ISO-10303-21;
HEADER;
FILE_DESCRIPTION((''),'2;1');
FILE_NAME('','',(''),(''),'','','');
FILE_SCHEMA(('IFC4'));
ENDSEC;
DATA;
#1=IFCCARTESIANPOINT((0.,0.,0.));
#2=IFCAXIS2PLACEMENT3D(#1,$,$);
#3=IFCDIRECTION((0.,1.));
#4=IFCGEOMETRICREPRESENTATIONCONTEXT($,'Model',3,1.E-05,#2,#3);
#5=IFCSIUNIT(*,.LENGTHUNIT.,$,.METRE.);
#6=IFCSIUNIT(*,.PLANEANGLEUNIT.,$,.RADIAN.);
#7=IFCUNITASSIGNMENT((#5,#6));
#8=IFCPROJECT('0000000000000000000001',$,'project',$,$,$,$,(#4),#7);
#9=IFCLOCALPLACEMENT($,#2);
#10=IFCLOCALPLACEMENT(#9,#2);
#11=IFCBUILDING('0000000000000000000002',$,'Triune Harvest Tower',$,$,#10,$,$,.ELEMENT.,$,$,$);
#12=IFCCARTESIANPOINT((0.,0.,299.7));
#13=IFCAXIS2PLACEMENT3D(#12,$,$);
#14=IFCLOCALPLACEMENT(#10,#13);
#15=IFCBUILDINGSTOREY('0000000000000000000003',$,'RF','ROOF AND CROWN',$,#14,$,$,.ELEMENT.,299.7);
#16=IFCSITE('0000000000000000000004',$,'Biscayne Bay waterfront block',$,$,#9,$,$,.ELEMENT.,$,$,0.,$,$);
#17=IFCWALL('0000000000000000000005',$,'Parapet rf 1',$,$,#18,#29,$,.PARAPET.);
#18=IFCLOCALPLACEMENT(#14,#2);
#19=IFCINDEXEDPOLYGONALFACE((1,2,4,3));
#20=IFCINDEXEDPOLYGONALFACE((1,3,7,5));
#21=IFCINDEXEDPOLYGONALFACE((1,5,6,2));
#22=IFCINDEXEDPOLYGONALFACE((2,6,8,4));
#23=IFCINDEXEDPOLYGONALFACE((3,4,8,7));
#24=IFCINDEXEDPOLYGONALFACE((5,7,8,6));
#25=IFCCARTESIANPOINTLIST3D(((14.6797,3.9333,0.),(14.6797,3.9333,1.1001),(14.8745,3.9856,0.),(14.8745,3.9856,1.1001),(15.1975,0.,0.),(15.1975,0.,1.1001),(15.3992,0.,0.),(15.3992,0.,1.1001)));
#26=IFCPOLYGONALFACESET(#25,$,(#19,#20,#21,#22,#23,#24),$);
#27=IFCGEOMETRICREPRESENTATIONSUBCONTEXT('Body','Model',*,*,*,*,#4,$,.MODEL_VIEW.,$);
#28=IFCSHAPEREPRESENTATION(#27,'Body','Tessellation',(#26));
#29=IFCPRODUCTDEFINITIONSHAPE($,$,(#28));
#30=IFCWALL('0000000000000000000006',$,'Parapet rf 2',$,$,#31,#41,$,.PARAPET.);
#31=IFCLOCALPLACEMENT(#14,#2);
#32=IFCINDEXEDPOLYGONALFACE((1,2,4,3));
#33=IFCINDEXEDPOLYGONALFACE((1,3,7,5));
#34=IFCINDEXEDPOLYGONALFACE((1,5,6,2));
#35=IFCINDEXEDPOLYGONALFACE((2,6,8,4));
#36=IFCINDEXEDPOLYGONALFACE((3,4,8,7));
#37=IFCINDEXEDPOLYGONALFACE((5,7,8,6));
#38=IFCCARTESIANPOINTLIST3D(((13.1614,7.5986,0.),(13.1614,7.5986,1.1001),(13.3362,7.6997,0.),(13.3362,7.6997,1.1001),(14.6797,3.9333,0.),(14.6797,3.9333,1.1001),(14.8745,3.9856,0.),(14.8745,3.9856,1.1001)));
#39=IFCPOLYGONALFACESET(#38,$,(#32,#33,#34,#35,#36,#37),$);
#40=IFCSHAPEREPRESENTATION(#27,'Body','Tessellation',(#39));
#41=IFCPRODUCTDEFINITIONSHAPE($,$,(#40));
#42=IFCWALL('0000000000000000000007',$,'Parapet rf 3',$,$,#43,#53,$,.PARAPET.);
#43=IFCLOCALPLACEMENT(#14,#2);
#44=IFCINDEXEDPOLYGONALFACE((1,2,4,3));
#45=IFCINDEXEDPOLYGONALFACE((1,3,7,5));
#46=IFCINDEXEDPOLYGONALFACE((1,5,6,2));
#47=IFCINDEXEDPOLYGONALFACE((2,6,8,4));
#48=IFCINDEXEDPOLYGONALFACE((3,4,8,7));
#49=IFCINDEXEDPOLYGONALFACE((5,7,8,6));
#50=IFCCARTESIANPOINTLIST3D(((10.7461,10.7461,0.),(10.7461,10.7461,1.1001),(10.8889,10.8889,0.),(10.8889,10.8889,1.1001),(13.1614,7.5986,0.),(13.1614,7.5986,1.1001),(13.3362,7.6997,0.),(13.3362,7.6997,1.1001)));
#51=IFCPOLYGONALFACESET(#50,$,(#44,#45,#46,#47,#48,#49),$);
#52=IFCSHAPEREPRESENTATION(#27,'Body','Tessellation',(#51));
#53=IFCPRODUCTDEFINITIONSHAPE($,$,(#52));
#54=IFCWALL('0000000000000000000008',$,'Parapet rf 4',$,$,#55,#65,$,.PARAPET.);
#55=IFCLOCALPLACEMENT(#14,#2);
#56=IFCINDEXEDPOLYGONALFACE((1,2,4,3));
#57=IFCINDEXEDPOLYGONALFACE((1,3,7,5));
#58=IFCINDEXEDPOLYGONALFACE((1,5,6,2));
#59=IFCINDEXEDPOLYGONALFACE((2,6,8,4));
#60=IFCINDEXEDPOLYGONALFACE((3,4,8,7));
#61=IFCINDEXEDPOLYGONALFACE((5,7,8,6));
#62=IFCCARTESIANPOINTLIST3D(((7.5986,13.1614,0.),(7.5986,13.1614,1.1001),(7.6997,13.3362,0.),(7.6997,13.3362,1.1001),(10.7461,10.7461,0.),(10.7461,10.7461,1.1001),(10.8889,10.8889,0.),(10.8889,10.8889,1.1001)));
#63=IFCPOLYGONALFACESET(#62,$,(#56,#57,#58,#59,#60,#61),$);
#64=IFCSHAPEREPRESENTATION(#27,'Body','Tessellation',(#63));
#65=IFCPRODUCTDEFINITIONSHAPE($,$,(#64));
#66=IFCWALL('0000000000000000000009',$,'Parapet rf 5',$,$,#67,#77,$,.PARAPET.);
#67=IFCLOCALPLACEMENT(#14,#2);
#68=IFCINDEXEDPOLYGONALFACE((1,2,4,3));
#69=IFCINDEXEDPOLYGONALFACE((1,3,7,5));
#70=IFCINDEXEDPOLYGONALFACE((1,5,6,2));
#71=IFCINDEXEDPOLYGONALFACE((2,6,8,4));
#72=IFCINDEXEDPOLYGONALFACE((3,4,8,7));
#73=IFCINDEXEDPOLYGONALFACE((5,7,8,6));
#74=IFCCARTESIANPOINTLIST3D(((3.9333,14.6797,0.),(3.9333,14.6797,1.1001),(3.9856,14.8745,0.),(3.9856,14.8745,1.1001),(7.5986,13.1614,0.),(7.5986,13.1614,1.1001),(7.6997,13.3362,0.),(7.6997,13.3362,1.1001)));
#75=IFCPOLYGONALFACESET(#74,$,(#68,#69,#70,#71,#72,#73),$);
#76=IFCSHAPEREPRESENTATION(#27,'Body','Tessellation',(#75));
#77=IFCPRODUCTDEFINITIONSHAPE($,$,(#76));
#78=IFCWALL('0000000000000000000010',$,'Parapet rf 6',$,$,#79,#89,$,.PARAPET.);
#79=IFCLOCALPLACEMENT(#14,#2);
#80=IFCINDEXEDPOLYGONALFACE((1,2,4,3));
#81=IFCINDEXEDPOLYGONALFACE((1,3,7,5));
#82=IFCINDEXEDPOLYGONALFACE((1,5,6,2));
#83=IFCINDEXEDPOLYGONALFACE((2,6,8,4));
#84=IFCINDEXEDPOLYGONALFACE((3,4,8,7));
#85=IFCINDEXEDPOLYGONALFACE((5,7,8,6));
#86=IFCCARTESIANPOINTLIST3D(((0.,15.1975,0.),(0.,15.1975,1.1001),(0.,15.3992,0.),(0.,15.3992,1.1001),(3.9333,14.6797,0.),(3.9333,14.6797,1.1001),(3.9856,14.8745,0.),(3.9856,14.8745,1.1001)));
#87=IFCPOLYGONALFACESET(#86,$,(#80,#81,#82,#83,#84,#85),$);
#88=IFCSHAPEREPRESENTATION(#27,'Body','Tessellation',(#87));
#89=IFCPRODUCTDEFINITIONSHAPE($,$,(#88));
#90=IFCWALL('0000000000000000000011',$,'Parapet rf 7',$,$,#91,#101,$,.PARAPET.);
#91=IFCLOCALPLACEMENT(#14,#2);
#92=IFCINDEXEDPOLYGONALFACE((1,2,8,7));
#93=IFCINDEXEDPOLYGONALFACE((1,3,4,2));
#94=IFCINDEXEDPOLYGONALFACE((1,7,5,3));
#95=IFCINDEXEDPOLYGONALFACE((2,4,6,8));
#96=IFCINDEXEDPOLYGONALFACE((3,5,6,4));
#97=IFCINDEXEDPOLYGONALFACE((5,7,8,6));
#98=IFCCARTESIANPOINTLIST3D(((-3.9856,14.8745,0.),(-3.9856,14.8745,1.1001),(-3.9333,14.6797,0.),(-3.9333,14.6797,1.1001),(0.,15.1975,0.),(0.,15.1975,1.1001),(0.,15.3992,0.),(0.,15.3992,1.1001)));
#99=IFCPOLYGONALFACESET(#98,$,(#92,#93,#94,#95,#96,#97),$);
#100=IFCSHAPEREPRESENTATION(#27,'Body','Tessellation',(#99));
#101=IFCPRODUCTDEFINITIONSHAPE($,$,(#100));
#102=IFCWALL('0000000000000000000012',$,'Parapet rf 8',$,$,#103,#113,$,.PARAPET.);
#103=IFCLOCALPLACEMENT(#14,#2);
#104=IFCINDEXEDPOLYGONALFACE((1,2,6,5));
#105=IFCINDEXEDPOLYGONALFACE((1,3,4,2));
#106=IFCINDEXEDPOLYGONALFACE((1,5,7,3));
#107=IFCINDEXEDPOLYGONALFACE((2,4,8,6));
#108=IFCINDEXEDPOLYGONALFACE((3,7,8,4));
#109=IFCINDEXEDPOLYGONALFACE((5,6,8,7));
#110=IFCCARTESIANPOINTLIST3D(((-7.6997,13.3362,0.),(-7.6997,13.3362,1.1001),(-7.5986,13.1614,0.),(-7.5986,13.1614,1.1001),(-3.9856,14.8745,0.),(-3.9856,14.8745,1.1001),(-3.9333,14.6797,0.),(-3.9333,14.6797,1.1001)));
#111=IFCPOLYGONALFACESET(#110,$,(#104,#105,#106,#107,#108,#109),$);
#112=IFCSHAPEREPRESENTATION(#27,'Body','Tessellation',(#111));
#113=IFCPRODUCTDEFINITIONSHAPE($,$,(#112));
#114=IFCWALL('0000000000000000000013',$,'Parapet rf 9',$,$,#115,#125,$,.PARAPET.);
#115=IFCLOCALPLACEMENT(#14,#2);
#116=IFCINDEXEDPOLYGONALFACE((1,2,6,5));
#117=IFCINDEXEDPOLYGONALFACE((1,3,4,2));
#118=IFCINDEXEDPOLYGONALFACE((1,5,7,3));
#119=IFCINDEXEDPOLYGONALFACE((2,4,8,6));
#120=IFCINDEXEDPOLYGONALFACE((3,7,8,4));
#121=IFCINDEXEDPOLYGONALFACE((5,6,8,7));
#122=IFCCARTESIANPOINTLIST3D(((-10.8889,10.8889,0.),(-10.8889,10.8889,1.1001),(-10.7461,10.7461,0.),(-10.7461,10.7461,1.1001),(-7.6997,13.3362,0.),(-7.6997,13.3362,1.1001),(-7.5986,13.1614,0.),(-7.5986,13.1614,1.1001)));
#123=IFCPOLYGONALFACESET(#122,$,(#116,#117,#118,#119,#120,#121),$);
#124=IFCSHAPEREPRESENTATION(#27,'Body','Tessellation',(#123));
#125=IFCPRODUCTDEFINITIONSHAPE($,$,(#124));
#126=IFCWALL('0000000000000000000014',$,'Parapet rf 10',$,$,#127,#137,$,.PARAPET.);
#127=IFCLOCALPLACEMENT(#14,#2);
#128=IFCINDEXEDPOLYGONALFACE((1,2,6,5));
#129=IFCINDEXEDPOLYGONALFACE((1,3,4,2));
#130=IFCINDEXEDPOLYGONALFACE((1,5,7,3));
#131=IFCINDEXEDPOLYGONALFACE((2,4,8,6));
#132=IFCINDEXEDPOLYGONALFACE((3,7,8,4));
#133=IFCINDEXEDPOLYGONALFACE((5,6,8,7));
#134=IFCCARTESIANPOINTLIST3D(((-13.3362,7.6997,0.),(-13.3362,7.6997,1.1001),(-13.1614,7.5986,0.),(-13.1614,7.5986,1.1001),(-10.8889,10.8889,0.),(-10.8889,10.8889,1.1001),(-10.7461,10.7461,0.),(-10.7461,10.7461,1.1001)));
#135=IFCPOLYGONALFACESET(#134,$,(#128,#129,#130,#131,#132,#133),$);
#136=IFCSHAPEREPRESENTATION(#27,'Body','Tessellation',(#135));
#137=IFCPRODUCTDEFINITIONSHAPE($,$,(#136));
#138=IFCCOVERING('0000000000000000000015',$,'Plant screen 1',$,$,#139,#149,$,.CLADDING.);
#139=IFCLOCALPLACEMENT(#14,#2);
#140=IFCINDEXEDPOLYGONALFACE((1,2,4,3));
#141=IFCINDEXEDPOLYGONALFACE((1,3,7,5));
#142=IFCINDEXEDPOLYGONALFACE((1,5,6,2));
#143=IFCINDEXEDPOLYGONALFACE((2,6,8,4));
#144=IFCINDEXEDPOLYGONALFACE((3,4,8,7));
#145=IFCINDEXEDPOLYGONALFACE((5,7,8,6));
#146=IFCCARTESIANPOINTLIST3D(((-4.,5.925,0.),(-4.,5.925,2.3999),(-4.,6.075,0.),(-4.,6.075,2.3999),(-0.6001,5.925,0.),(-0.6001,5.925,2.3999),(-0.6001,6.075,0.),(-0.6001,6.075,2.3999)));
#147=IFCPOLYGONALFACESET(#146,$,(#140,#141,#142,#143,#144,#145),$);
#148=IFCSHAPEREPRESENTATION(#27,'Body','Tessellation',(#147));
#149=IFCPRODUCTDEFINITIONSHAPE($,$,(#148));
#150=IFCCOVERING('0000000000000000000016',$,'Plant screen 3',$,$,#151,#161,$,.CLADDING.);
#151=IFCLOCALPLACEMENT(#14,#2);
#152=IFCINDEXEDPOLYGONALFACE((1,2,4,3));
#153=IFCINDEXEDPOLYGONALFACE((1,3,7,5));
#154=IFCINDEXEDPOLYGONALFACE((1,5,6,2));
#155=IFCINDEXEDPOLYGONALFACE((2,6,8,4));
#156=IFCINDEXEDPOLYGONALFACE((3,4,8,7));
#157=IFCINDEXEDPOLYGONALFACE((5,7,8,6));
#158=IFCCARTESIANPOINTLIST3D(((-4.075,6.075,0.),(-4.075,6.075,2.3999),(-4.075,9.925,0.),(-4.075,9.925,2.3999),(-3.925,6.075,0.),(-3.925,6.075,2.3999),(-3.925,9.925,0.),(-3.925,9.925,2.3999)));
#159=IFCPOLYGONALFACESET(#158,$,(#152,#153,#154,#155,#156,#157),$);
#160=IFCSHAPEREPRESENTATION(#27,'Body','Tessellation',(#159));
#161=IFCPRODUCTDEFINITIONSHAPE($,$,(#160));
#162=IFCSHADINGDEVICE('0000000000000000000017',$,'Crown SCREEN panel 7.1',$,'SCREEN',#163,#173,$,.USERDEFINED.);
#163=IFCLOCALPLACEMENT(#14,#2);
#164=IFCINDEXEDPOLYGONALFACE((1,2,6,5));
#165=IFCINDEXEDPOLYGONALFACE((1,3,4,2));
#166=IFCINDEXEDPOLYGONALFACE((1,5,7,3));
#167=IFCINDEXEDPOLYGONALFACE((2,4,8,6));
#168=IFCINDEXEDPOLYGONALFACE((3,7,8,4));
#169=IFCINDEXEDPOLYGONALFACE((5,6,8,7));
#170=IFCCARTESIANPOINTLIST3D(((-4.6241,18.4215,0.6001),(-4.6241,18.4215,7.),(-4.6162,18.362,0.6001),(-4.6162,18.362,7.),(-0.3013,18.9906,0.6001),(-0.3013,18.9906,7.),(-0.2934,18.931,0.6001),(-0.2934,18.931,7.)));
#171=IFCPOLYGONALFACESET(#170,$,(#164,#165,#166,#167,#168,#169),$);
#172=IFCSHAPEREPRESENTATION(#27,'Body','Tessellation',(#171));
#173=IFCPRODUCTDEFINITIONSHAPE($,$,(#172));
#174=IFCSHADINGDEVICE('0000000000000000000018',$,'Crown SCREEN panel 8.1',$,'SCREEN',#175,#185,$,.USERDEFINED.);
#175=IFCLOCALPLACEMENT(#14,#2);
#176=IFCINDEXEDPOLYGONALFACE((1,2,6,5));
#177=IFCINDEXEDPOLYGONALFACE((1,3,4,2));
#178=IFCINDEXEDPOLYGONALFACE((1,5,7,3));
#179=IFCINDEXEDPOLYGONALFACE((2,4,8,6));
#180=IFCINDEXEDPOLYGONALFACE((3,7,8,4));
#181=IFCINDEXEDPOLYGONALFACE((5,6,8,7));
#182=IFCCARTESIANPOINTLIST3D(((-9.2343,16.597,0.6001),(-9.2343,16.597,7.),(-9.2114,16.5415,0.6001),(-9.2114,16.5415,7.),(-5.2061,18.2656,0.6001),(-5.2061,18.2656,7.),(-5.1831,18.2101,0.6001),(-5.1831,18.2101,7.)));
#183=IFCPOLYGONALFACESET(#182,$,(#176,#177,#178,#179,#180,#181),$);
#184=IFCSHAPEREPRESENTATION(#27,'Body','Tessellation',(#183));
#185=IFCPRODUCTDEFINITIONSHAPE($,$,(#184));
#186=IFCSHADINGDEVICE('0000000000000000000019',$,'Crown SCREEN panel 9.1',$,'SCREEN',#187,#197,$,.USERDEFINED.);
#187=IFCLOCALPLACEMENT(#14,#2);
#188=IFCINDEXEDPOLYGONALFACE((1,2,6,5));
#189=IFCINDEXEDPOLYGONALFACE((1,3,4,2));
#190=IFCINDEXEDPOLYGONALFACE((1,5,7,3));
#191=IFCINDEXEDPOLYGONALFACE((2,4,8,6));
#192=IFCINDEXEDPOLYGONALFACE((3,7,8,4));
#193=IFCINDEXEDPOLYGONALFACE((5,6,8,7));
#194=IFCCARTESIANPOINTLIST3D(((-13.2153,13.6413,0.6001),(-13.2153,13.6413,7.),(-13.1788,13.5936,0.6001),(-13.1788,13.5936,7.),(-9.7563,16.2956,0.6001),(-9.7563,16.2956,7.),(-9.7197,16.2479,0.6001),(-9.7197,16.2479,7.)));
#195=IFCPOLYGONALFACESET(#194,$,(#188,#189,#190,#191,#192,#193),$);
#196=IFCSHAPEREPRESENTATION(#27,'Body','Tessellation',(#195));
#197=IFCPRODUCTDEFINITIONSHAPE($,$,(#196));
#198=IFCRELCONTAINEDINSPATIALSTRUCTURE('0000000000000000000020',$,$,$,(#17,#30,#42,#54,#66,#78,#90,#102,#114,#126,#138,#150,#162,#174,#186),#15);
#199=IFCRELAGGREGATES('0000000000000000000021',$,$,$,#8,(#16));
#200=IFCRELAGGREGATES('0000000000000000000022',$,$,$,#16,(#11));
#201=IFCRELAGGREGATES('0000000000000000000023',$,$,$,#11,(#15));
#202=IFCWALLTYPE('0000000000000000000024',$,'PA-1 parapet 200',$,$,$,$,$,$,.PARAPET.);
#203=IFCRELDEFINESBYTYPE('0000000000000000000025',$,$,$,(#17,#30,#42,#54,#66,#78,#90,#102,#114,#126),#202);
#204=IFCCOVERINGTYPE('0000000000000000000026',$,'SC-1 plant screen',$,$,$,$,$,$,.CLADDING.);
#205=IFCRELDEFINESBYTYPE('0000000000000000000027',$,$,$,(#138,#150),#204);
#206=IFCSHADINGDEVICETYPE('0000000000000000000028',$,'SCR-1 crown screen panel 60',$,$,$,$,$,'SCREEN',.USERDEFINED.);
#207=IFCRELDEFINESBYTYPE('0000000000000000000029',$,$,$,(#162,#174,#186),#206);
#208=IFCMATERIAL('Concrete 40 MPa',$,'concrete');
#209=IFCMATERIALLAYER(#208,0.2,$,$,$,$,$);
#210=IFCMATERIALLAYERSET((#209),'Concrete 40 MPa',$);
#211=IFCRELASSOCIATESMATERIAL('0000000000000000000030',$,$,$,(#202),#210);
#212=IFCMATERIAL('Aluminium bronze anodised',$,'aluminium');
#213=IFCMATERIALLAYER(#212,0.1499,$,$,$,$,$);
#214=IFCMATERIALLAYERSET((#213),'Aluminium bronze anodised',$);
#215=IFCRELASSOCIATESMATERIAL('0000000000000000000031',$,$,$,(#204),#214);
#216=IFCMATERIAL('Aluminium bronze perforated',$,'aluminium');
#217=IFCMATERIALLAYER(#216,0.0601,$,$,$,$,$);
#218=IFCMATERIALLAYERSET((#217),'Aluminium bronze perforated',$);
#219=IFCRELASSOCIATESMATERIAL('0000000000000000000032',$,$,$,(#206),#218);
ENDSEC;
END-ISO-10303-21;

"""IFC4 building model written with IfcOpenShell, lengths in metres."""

from ifc_helpers import new_model, si_unit, direction, frame, origin, origin_2d, place, context, subcontext, project, spatial, polyline, rectangle, outline, extrude, source, transform, mapped, material, layer, layer_set, type_object, element, save


model = new_model("IFC4")

# Units and contexts
model_context = context("Model", 3, precision=1e-05, world=origin(), true_north=direction((0.0, 1.0)))
body_context = subcontext(model_context, "Body", "Model", "MODEL_VIEW")
ifc_project = project(units=[si_unit("LENGTHUNIT", "METRE"), si_unit("PLANEANGLEUNIT", "RADIAN")], contexts=[model_context])

# Site, building, storey
site_placement = place(None, origin())
site = spatial("IfcSite", under=ifc_project, at=site_placement, Name="Biscayne Bay waterfront block", CompositionType="ELEMENT", RefElevation=0.0)
building_placement = place(site_placement, origin())
building = spatial("IfcBuilding", under=site, at=building_placement, Name="Triune Harvest Tower", CompositionType="ELEMENT")
storey_placement = place(building_placement, frame((0.0, 0.0, 299.7)))
storey = spatial("IfcBuildingStorey", under=building, at=storey_placement, Name="RF", Description="ROOF AND CROWN", CompositionType="ELEMENT", Elevation=299.7)

# Walls
ifc_material_1 = material(Name="Concrete 40 MPa", Category="concrete")
ifc_layer_1 = layer(ifc_material_1, 0.2)
ifc_layer_set_1 = layer_set([ifc_layer_1], Name="Concrete 40 MPa")
wall_type = type_object("IfcWallType", Name="PA-1 parapet 200", PredefinedType="PARAPET", material=ifc_layer_set_1)
wall_1_placement = place(storey_placement, origin())
element("IfcWall", 1, at=wall_1_placement, inside=storey, type_object=wall_type, Name="Parapet rf 1", PredefinedType="PARAPET", context=body_context, shape_type="SweptSolid", body=[
    extrude(outline(polyline([(15.3992, 0.0), (14.8745, 3.9856), (14.6797, 3.9333), (15.1975, 0.0), (15.3992, 0.0)])), origin(), (0.0, 0.0, 1.0), 1.1001),
])
wall_2_placement = place(storey_placement, origin())
element("IfcWall", 2, at=wall_2_placement, inside=storey, type_object=wall_type, Name="Parapet rf 2", PredefinedType="PARAPET", context=body_context, shape_type="SweptSolid", body=[
    extrude(outline(polyline([(14.8745, 3.9856), (13.3362, 7.6997), (13.1614, 7.5986), (14.6797, 3.9333), (14.8745, 3.9856)])), origin(), (0.0, 0.0, 1.0), 1.1001),
])
wall_3_placement = place(storey_placement, origin())
element("IfcWall", 3, at=wall_3_placement, inside=storey, type_object=wall_type, Name="Parapet rf 3", PredefinedType="PARAPET", context=body_context, shape_type="SweptSolid", body=[
    extrude(outline(polyline([(13.3362, 7.6997), (10.8889, 10.8889), (10.7461, 10.7461), (13.1614, 7.5986), (13.3362, 7.6997)])), origin(), (0.0, 0.0, 1.0), 1.1001),
])
wall_4_placement = place(storey_placement, origin())
element("IfcWall", 4, at=wall_4_placement, inside=storey, type_object=wall_type, Name="Parapet rf 4", PredefinedType="PARAPET", context=body_context, shape_type="SweptSolid", body=[
    extrude(outline(polyline([(10.8889, 10.8889), (7.6997, 13.3362), (7.5986, 13.1614), (10.7461, 10.7461), (10.8889, 10.8889)])), origin(), (0.0, 0.0, 1.0), 1.1001),
])
wall_5_placement = place(storey_placement, origin())
element("IfcWall", 5, at=wall_5_placement, inside=storey, type_object=wall_type, Name="Parapet rf 5", PredefinedType="PARAPET", context=body_context, shape_type="SweptSolid", body=[
    extrude(outline(polyline([(7.6997, 13.3362), (3.9856, 14.8745), (3.9333, 14.6797), (7.5986, 13.1614), (7.6997, 13.3362)])), origin(), (0.0, 0.0, 1.0), 1.1001),
])
wall_6_placement = place(storey_placement, origin())
element("IfcWall", 6, at=wall_6_placement, inside=storey, type_object=wall_type, Name="Parapet rf 6", PredefinedType="PARAPET", context=body_context, shape_type="SweptSolid", body=[
    extrude(outline(polyline([(3.9856, 14.8745), (0.0, 15.3992), (0.0, 15.1975), (3.9333, 14.6797), (3.9856, 14.8745)])), origin(), (0.0, 0.0, 1.0), 1.1001),
])
wall_7_placement = place(storey_placement, origin())
element("IfcWall", 7, at=wall_7_placement, inside=storey, type_object=wall_type, Name="Parapet rf 7", PredefinedType="PARAPET", context=body_context, shape_type="SweptSolid", body=[
    extrude(outline(polyline([(0.0, 15.3992), (-3.9856, 14.8745), (-3.9333, 14.6797), (0.0, 15.1975), (0.0, 15.3992)])), origin(), (0.0, 0.0, 1.0), 1.1001),
])
wall_8_placement = place(storey_placement, origin())
element("IfcWall", 8, at=wall_8_placement, inside=storey, type_object=wall_type, Name="Parapet rf 8", PredefinedType="PARAPET", context=body_context, shape_type="SweptSolid", body=[
    extrude(outline(polyline([(-3.9856, 14.8745), (-7.6997, 13.3362), (-7.5986, 13.1614), (-3.9333, 14.6797), (-3.9856, 14.8745)])), origin(), (0.0, 0.0, 1.0), 1.1001),
])
wall_9_placement = place(storey_placement, origin())
element("IfcWall", 9, at=wall_9_placement, inside=storey, type_object=wall_type, Name="Parapet rf 9", PredefinedType="PARAPET", context=body_context, shape_type="SweptSolid", body=[
    extrude(outline(polyline([(-7.6997, 13.3362), (-10.8889, 10.8889), (-10.7461, 10.7461), (-7.5986, 13.1614), (-7.6997, 13.3362)])), origin(), (0.0, 0.0, 1.0), 1.1001),
])
wall_10_placement = place(storey_placement, origin())
element("IfcWall", 10, at=wall_10_placement, inside=storey, type_object=wall_type, Name="Parapet rf 10", PredefinedType="PARAPET", context=body_context, shape_type="SweptSolid", body=[
    extrude(outline(polyline([(-10.8889, 10.8889), (-13.3362, 7.6997), (-13.1614, 7.5986), (-10.7461, 10.7461), (-10.8889, 10.8889)])), origin(), (0.0, 0.0, 1.0), 1.1001),
])

# Coverings
ifc_material_2 = material(Name="Aluminium bronze anodised", Category="aluminium")
ifc_layer_2 = layer(ifc_material_2, 0.1499)
ifc_layer_set_2 = layer_set([ifc_layer_2], Name="Aluminium bronze anodised")
covering_type = type_object("IfcCoveringType", Name="SC-1 plant screen", PredefinedType="CLADDING", material=ifc_layer_set_2)
shared_shape_1 = source(origin(), body_context, "Body", "SweptSolid", [
    extrude(rectangle(XDim=3.3999, YDim=0.1499, at=origin_2d()), origin(), (0.0, 0.0, 1.0), 2.3999),
])
covering_1_placement = place(storey_placement, frame((-2.3, 6.0, 0.0), z_axis=(0.0, 0.0, 1.0), x_axis=(1.0, 0.0, 0.0)))
element("IfcCovering", 11, at=covering_1_placement, inside=storey, type_object=covering_type, Name="Plant screen 1", PredefinedType="CLADDING", context=body_context, shape_type="MappedRepresentation", body=[
    mapped(shared_shape_1, transform((0.0, 0.0, 0.0), scale=1.0)),
])
shared_shape_2 = source(origin(), body_context, "Body", "SweptSolid", [
    extrude(rectangle(XDim=0.1499, YDim=3.8501, at=origin_2d()), origin(), (0.0, 0.0, 1.0), 2.3999),
])
covering_2_placement = place(storey_placement, frame((-4.0, 8.0, 0.0), z_axis=(0.0, 0.0, 1.0), x_axis=(1.0, 0.0, 0.0)))
element("IfcCovering", 12, at=covering_2_placement, inside=storey, type_object=covering_type, Name="Plant screen 3", PredefinedType="CLADDING", context=body_context, shape_type="MappedRepresentation", body=[
    mapped(shared_shape_2, transform((0.0, 0.0, 0.0), scale=1.0)),
])

# Shading devices
ifc_material_3 = material(Name="Aluminium bronze perforated", Category="aluminium")
ifc_layer_3 = layer(ifc_material_3, 0.0601)
ifc_layer_set_3 = layer_set([ifc_layer_3], Name="Aluminium bronze perforated")
shading_device_type = type_object("IfcShadingDeviceType", Name="SCR-1 crown screen panel 60", ElementType="SCREEN", PredefinedType="USERDEFINED", material=ifc_layer_set_3)
shared_shape_3 = source(origin(), body_context, "Body", "SweptSolid", [
    extrude(rectangle(XDim=4.3601, YDim=0.0601, at=origin_2d()), origin(), (0.0, 0.0, 1.0), 6.3999),
])
for number, where, z_axis, x_axis, name in (
    (13, (-2.4587, 18.6763, 0.6001), (0.0, 0.0, 1.0), (-0.991445, -0.130523, 0.0), "Crown SCREEN panel 7.1"),
    (14, (-7.2087, 17.4036, 0.6001), (0.0, 0.0, 1.0), (-0.923879, -0.382685, 0.0), "Crown SCREEN panel 8.1"),
    (15, (-11.4675, 14.9446, 0.6001), (0.0, 0.0, 1.0), (-0.793347, -0.60877, 0.0), "Crown SCREEN panel 9.1"),
):
    element("IfcShadingDevice", number, at=place(storey_placement, frame(where, z_axis=z_axis, x_axis=x_axis)), inside=storey, type_object=shading_device_type, Name=name, ObjectType="SCREEN", PredefinedType="USERDEFINED", context=body_context, shape_type="MappedRepresentation", body=[
        mapped(shared_shape_3, transform((0.0, 0.0, 0.0), scale=1.0)),
    ])

save(model, "model.ifc")
